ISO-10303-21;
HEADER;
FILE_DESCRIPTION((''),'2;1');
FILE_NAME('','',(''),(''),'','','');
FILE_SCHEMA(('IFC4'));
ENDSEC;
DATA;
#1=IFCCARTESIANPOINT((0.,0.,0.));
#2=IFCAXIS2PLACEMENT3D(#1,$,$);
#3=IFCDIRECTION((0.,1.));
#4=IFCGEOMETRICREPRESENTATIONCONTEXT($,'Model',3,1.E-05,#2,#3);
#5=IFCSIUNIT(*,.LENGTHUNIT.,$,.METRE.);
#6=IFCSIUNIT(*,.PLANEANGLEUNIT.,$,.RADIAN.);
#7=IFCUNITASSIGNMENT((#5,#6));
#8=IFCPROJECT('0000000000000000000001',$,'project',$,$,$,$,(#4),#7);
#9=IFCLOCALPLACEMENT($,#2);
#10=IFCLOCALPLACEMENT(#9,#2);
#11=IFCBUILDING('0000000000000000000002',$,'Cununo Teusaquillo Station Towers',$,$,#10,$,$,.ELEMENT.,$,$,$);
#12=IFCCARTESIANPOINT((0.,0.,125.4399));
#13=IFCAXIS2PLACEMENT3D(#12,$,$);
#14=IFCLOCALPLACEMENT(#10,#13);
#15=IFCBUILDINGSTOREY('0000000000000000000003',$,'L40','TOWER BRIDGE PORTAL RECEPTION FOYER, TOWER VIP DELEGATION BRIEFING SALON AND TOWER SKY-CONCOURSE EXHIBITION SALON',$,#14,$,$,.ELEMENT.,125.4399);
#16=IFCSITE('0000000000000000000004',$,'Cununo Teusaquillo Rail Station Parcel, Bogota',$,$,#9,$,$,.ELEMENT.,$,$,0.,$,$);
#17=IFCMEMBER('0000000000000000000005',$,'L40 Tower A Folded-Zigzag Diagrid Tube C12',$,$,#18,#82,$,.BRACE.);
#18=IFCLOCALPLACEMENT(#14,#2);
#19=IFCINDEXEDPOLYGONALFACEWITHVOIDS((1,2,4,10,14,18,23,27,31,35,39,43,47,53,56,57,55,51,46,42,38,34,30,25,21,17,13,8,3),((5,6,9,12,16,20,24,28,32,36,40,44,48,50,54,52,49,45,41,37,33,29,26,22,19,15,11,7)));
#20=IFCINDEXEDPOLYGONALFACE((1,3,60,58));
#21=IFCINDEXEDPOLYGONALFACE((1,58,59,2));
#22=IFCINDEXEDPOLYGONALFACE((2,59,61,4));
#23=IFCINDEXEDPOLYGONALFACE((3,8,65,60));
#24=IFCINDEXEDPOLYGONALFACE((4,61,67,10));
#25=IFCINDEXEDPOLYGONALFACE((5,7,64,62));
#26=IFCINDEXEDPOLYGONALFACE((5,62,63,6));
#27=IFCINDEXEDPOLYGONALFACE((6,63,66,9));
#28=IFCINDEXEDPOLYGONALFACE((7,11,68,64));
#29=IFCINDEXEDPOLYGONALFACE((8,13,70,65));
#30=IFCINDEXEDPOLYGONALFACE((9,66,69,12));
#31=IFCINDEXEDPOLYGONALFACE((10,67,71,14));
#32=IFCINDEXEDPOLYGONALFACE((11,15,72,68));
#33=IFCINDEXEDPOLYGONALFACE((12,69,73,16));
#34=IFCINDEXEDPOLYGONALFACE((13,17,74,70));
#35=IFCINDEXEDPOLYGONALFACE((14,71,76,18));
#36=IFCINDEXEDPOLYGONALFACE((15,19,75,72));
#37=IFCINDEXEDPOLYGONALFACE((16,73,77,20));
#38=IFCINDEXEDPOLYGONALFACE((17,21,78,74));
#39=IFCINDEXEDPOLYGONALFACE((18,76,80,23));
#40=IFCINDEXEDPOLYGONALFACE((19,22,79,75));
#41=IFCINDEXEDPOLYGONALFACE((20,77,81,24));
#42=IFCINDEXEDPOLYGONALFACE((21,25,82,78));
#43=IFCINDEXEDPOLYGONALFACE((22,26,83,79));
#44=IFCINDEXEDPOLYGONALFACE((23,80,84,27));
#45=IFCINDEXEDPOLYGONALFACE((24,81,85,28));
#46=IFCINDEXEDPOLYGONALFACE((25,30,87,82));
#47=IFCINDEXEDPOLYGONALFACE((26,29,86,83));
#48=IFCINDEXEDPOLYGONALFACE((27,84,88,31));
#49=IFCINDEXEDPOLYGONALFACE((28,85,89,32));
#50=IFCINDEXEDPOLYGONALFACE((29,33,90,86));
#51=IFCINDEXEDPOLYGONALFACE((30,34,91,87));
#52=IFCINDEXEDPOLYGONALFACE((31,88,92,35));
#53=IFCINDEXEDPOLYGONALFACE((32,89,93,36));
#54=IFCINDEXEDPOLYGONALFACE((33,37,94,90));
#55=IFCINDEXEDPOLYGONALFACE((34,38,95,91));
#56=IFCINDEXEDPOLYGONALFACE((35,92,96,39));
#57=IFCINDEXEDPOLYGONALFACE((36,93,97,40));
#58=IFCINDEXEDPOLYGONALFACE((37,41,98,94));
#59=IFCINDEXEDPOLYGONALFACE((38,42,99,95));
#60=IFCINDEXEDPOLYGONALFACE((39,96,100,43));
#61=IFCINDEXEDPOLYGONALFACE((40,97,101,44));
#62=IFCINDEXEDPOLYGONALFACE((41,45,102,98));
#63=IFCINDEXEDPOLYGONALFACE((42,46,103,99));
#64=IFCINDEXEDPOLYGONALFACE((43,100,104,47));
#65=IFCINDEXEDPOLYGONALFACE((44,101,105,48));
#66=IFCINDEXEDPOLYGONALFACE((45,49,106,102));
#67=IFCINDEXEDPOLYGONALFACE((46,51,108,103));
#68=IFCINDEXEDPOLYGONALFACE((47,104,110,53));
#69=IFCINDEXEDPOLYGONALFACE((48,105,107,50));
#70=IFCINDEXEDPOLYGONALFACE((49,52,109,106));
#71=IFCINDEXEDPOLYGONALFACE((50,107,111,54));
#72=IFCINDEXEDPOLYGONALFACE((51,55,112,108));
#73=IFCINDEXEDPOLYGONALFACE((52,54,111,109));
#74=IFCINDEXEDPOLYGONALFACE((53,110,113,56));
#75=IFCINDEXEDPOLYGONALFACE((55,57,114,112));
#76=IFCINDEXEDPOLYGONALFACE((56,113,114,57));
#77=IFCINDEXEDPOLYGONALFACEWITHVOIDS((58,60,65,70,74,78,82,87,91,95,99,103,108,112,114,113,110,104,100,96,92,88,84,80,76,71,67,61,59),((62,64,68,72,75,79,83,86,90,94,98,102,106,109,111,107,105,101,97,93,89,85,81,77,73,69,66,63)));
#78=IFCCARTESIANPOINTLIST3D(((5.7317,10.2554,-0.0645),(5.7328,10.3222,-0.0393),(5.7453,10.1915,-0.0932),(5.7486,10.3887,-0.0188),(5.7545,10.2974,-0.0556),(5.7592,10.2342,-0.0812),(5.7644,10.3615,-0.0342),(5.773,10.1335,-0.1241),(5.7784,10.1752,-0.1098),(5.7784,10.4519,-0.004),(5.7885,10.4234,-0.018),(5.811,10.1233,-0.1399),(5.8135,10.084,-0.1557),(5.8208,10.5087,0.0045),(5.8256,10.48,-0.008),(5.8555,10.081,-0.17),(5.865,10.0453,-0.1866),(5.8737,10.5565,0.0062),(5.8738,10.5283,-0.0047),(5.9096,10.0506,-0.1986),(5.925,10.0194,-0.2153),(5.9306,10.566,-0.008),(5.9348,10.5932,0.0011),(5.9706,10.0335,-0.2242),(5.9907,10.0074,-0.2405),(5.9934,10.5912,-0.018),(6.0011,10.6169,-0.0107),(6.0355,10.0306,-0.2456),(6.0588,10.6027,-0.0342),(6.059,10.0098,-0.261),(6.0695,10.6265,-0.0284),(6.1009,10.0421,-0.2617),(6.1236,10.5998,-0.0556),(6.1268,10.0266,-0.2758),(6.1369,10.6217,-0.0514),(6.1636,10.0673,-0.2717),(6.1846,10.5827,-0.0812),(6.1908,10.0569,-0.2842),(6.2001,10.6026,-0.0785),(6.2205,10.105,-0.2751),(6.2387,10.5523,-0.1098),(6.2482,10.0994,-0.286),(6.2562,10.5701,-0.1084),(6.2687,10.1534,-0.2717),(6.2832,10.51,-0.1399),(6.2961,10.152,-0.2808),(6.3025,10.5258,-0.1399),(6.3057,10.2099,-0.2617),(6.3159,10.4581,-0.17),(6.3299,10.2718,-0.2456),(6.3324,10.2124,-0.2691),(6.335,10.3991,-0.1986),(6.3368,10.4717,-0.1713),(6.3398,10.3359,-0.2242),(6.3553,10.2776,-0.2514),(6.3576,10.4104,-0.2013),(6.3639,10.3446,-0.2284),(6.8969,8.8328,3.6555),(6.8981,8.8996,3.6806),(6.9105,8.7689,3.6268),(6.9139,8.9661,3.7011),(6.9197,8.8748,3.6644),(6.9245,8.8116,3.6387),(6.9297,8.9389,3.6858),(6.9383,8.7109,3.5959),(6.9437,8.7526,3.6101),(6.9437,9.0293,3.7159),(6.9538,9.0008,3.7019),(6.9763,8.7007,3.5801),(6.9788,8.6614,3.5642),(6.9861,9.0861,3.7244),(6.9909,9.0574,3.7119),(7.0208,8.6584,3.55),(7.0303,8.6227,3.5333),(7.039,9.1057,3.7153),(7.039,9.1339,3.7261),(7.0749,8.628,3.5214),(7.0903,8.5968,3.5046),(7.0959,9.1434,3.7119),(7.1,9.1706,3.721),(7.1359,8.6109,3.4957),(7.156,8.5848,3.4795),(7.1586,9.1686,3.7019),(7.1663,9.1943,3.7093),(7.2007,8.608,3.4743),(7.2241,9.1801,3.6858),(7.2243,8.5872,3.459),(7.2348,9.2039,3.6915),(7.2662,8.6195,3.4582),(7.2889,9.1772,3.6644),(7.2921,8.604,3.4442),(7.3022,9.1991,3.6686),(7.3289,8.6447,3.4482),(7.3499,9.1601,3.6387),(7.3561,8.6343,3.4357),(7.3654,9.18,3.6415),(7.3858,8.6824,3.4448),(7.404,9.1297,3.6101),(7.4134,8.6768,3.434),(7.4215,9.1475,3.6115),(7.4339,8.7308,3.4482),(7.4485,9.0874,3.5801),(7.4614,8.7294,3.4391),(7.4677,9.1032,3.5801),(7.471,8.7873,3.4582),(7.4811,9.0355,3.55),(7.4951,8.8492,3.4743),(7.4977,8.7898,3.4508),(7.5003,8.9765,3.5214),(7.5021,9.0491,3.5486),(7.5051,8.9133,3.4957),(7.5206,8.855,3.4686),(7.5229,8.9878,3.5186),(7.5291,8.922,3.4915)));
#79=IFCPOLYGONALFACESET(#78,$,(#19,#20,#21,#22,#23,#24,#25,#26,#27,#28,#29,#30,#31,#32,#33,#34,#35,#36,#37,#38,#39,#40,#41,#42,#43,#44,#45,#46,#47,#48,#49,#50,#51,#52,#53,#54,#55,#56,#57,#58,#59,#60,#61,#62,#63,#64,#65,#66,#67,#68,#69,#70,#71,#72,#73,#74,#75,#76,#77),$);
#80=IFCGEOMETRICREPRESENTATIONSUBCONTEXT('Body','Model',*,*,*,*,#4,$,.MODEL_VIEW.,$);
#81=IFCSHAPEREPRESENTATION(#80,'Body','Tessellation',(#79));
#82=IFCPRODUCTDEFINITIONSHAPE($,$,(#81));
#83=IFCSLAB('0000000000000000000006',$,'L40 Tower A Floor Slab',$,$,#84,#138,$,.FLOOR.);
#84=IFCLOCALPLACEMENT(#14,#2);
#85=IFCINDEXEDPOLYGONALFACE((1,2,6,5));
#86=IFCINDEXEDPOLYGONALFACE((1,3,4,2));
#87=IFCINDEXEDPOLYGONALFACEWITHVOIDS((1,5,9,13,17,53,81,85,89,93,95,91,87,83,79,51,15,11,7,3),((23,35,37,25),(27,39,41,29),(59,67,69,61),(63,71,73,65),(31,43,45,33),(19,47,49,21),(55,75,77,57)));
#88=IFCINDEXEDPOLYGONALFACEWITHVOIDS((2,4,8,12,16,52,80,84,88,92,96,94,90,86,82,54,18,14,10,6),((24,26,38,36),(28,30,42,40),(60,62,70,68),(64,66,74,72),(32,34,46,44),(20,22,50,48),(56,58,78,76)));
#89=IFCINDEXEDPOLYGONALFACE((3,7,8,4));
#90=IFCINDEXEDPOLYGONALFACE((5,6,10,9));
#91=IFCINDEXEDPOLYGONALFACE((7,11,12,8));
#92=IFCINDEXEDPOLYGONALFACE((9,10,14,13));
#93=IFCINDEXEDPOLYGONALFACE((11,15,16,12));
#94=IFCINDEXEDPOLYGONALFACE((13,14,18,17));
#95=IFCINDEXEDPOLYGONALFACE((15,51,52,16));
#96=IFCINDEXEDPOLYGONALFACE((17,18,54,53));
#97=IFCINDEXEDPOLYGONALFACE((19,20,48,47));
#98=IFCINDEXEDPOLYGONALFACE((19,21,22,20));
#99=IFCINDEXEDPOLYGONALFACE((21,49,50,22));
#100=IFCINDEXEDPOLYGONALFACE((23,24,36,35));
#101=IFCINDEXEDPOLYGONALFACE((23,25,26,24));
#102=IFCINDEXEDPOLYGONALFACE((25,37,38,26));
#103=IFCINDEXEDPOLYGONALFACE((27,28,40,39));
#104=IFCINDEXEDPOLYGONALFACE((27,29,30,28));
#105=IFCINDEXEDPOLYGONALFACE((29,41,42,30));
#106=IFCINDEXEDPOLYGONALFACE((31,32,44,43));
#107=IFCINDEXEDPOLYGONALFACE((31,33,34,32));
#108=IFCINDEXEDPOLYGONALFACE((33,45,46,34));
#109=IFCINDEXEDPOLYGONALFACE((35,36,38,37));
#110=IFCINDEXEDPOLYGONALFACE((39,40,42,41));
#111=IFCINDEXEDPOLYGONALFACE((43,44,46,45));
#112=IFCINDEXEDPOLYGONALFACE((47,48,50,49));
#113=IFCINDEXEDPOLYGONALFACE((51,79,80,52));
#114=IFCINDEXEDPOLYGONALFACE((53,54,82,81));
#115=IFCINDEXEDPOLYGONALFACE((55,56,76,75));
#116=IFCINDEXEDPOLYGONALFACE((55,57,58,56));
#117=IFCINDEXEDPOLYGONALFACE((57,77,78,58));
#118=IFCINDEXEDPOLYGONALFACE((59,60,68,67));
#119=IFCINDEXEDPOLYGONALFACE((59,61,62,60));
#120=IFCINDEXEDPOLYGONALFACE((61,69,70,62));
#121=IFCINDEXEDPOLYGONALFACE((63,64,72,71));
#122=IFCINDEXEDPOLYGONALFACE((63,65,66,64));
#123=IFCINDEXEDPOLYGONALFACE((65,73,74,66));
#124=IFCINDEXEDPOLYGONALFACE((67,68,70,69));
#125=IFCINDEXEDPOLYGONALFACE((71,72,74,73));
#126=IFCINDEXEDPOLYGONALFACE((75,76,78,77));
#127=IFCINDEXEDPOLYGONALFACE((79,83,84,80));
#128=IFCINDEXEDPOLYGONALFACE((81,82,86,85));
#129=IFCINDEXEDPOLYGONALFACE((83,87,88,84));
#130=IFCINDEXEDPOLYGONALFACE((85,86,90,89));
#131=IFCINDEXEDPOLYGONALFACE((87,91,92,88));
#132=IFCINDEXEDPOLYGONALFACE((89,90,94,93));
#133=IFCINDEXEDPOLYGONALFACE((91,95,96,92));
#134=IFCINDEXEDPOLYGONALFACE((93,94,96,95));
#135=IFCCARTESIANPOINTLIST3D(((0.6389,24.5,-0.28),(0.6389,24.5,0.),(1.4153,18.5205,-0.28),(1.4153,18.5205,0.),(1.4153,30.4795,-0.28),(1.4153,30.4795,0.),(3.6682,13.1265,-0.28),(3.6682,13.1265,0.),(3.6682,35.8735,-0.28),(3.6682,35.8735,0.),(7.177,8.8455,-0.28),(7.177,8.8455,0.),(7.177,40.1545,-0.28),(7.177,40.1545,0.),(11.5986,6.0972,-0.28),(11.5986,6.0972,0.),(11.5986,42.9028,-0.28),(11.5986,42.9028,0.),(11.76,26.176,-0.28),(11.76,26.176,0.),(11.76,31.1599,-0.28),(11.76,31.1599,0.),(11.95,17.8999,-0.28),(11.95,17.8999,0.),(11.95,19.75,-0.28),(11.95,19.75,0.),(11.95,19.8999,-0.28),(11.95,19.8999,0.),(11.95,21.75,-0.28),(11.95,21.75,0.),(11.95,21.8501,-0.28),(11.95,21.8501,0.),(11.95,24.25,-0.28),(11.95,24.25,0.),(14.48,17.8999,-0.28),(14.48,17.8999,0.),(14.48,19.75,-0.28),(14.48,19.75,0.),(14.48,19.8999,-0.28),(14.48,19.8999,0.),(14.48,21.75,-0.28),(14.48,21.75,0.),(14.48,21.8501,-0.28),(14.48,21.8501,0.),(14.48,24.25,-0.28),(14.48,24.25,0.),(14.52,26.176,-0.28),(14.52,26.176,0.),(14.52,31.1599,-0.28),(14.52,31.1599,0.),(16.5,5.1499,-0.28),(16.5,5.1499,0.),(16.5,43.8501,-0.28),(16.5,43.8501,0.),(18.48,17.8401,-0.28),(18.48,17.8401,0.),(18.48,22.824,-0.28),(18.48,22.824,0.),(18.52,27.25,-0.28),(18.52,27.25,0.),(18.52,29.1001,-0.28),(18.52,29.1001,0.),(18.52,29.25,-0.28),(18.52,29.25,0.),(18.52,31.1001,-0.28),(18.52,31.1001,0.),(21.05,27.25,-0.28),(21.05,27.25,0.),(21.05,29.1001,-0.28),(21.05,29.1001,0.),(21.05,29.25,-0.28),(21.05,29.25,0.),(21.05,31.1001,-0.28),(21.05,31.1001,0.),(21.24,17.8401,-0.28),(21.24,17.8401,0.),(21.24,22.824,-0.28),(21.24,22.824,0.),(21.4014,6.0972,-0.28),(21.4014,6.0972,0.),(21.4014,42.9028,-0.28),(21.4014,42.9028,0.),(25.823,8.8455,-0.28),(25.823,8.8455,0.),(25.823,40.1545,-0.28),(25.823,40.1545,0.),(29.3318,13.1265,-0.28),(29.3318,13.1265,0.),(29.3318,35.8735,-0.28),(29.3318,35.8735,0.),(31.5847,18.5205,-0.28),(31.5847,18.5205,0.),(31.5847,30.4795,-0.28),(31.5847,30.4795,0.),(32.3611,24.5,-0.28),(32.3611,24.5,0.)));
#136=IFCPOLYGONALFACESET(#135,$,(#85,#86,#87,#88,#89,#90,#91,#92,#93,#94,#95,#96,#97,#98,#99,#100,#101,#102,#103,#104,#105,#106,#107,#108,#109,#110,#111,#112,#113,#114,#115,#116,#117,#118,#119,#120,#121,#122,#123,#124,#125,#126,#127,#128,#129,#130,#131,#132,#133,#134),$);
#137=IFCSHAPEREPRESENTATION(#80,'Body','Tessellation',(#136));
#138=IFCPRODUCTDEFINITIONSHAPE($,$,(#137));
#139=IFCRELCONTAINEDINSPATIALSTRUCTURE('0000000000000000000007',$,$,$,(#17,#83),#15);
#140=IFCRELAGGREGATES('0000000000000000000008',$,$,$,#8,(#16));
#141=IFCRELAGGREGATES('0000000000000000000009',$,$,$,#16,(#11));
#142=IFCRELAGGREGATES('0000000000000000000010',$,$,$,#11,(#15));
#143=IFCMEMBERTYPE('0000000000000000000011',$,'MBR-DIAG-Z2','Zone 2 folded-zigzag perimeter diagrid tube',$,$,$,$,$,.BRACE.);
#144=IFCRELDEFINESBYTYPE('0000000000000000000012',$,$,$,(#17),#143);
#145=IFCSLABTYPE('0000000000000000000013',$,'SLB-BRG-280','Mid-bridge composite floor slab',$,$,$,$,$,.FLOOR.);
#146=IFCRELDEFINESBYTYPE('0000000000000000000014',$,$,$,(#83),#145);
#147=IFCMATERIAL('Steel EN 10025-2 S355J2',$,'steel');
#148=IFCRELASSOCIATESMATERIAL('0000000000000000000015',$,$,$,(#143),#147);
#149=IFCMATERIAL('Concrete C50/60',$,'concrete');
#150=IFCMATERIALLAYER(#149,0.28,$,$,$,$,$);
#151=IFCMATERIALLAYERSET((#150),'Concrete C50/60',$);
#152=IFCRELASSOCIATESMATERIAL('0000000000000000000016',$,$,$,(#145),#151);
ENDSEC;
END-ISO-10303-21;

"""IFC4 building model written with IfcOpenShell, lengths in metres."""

from ifc_helpers import new_model, si_unit, direction, frame, origin, origin_2d, place, context, subcontext, project, spatial, polyline, hollow_circle, outline, extrude, material, layer, layer_set, material_profile, profile_set, type_object, element, save


model = new_model("IFC4")

# Units and contexts
model_context = context("Model", 3, precision=1e-05, world=origin(), true_north=direction((0.0, 1.0)))
body_context = subcontext(model_context, "Body", "Model", "MODEL_VIEW")
ifc_project = project(units=[si_unit("LENGTHUNIT", "METRE"), si_unit("PLANEANGLEUNIT", "RADIAN")], contexts=[model_context])

# Site, building, storey
site_placement = place(None, origin())
site = spatial("IfcSite", under=ifc_project, at=site_placement, Name="Cununo Teusaquillo Rail Station Parcel, Bogota", CompositionType="ELEMENT", RefElevation=0.0)
building_placement = place(site_placement, origin())
building = spatial("IfcBuilding", under=site, at=building_placement, Name="Cununo Teusaquillo Station Towers", CompositionType="ELEMENT")
storey_placement = place(building_placement, frame((0.0, 0.0, 125.4399)))
storey = spatial("IfcBuildingStorey", under=building, at=storey_placement, Name="L40", Description="TOWER BRIDGE PORTAL RECEPTION FOYER, TOWER VIP DELEGATION BRIEFING SALON AND TOWER SKY-CONCOURSE EXHIBITION SALON", CompositionType="ELEMENT", Elevation=125.4399)

# Member
ifc_material_1 = material(Name="Steel EN 10025-2 S355J2", Category="steel")
ifc_material_profile_1 = material_profile(ifc_material_1, hollow_circle(Radius=0.3301, WallThickness=0.0249, at=origin_2d()), Name="CHS 660x25")
ifc_profile_set_1 = profile_set([ifc_material_profile_1], Name="Steel EN 10025-2 S355J2")
member_type = type_object("IfcMemberType", Name="MBR-DIAG-Z2", Description="Zone 2 folded-zigzag perimeter diagrid tube", PredefinedType="BRACE", material=ifc_profile_set_1)
member_placement = place(storey_placement, frame((6.0471, 10.3167, -0.1399), z_axis=(0.280813, -0.342823, 0.896447), x_axis=(0.773602, 0.633671, 0.0)))
element("IfcMember", 1, at=member_placement, inside=storey, type_object=member_type, Name="L40 Tower A Folded-Zigzag Diagrid Tube C12", PredefinedType="BRACE", context=body_context, shape_type="SweptSolid", body=[
    extrude(hollow_circle(Radius=0.3301, WallThickness=0.0249, at=origin_2d()), origin(), (0.0, 0.0, 1.0), 4.1497),
])

# Slab
ifc_material_2 = material(Name="Concrete C50/60", Category="concrete")
ifc_layer_1 = layer(ifc_material_2, 0.28)
ifc_layer_set_1 = layer_set([ifc_layer_1], Name="Concrete C50/60")
slab_type_1 = type_object("IfcSlabType", Name="SLB-BRG-280", Description="Mid-bridge composite floor slab", PredefinedType="FLOOR", material=ifc_layer_set_1)
slab_1_placement = place(storey_placement, frame((0.0, 0.0, -0.28)))
element("IfcSlab", 2, at=slab_1_placement, inside=storey, type_object=slab_type_1, Name="L40 Tower A Floor Slab", PredefinedType="FLOOR", context=body_context, shape_type="SweptSolid", body=[
    extrude(outline(polyline([(32.3611, 24.5), (31.5847, 30.4795), (29.3318, 35.8735), (25.823, 40.1545), (21.4014, 42.9028), (16.5, 43.8501), (11.5986, 42.9028), (7.177, 40.1545), (3.6682, 35.8735), (1.4153, 30.4795), (0.6389, 24.5), (1.4153, 18.5205), (3.6682, 13.1265), (7.177, 8.8455), (11.5986, 6.0972), (16.5, 5.1499), (21.4014, 6.0972), (25.823, 8.8455), (29.3318, 13.1265), (31.5847, 18.5205), (32.3611, 24.5)]), holes=[polyline([(14.52, 26.176), (14.52, 31.1599), (11.76, 31.1599), (11.76, 26.176), (14.52, 26.176)]), polyline([(18.48, 22.824), (18.48, 17.8401), (21.24, 17.8401), (21.24, 22.824), (18.48, 22.824)]), polyline([(11.95, 21.8501), (14.48, 21.8501), (14.48, 24.25), (11.95, 24.25), (11.95, 21.8501)]), polyline([(11.95, 17.8999), (14.48, 17.8999), (14.48, 19.75), (11.95, 19.75), (11.95, 17.8999)]), polyline([(11.95, 19.8999), (14.48, 19.8999), (14.48, 21.75), (11.95, 21.75), (11.95, 19.8999)]), polyline([(18.52, 27.25), (21.05, 27.25), (21.05, 29.1001), (18.52, 29.1001), (18.52, 27.25)]), polyline([(18.52, 29.25), (21.05, 29.25), (21.05, 31.1001), (18.52, 31.1001), (18.52, 29.25)])]), origin(), (0.0, 0.0, 1.0), 0.28),
])

save(model, "model.ifc")
